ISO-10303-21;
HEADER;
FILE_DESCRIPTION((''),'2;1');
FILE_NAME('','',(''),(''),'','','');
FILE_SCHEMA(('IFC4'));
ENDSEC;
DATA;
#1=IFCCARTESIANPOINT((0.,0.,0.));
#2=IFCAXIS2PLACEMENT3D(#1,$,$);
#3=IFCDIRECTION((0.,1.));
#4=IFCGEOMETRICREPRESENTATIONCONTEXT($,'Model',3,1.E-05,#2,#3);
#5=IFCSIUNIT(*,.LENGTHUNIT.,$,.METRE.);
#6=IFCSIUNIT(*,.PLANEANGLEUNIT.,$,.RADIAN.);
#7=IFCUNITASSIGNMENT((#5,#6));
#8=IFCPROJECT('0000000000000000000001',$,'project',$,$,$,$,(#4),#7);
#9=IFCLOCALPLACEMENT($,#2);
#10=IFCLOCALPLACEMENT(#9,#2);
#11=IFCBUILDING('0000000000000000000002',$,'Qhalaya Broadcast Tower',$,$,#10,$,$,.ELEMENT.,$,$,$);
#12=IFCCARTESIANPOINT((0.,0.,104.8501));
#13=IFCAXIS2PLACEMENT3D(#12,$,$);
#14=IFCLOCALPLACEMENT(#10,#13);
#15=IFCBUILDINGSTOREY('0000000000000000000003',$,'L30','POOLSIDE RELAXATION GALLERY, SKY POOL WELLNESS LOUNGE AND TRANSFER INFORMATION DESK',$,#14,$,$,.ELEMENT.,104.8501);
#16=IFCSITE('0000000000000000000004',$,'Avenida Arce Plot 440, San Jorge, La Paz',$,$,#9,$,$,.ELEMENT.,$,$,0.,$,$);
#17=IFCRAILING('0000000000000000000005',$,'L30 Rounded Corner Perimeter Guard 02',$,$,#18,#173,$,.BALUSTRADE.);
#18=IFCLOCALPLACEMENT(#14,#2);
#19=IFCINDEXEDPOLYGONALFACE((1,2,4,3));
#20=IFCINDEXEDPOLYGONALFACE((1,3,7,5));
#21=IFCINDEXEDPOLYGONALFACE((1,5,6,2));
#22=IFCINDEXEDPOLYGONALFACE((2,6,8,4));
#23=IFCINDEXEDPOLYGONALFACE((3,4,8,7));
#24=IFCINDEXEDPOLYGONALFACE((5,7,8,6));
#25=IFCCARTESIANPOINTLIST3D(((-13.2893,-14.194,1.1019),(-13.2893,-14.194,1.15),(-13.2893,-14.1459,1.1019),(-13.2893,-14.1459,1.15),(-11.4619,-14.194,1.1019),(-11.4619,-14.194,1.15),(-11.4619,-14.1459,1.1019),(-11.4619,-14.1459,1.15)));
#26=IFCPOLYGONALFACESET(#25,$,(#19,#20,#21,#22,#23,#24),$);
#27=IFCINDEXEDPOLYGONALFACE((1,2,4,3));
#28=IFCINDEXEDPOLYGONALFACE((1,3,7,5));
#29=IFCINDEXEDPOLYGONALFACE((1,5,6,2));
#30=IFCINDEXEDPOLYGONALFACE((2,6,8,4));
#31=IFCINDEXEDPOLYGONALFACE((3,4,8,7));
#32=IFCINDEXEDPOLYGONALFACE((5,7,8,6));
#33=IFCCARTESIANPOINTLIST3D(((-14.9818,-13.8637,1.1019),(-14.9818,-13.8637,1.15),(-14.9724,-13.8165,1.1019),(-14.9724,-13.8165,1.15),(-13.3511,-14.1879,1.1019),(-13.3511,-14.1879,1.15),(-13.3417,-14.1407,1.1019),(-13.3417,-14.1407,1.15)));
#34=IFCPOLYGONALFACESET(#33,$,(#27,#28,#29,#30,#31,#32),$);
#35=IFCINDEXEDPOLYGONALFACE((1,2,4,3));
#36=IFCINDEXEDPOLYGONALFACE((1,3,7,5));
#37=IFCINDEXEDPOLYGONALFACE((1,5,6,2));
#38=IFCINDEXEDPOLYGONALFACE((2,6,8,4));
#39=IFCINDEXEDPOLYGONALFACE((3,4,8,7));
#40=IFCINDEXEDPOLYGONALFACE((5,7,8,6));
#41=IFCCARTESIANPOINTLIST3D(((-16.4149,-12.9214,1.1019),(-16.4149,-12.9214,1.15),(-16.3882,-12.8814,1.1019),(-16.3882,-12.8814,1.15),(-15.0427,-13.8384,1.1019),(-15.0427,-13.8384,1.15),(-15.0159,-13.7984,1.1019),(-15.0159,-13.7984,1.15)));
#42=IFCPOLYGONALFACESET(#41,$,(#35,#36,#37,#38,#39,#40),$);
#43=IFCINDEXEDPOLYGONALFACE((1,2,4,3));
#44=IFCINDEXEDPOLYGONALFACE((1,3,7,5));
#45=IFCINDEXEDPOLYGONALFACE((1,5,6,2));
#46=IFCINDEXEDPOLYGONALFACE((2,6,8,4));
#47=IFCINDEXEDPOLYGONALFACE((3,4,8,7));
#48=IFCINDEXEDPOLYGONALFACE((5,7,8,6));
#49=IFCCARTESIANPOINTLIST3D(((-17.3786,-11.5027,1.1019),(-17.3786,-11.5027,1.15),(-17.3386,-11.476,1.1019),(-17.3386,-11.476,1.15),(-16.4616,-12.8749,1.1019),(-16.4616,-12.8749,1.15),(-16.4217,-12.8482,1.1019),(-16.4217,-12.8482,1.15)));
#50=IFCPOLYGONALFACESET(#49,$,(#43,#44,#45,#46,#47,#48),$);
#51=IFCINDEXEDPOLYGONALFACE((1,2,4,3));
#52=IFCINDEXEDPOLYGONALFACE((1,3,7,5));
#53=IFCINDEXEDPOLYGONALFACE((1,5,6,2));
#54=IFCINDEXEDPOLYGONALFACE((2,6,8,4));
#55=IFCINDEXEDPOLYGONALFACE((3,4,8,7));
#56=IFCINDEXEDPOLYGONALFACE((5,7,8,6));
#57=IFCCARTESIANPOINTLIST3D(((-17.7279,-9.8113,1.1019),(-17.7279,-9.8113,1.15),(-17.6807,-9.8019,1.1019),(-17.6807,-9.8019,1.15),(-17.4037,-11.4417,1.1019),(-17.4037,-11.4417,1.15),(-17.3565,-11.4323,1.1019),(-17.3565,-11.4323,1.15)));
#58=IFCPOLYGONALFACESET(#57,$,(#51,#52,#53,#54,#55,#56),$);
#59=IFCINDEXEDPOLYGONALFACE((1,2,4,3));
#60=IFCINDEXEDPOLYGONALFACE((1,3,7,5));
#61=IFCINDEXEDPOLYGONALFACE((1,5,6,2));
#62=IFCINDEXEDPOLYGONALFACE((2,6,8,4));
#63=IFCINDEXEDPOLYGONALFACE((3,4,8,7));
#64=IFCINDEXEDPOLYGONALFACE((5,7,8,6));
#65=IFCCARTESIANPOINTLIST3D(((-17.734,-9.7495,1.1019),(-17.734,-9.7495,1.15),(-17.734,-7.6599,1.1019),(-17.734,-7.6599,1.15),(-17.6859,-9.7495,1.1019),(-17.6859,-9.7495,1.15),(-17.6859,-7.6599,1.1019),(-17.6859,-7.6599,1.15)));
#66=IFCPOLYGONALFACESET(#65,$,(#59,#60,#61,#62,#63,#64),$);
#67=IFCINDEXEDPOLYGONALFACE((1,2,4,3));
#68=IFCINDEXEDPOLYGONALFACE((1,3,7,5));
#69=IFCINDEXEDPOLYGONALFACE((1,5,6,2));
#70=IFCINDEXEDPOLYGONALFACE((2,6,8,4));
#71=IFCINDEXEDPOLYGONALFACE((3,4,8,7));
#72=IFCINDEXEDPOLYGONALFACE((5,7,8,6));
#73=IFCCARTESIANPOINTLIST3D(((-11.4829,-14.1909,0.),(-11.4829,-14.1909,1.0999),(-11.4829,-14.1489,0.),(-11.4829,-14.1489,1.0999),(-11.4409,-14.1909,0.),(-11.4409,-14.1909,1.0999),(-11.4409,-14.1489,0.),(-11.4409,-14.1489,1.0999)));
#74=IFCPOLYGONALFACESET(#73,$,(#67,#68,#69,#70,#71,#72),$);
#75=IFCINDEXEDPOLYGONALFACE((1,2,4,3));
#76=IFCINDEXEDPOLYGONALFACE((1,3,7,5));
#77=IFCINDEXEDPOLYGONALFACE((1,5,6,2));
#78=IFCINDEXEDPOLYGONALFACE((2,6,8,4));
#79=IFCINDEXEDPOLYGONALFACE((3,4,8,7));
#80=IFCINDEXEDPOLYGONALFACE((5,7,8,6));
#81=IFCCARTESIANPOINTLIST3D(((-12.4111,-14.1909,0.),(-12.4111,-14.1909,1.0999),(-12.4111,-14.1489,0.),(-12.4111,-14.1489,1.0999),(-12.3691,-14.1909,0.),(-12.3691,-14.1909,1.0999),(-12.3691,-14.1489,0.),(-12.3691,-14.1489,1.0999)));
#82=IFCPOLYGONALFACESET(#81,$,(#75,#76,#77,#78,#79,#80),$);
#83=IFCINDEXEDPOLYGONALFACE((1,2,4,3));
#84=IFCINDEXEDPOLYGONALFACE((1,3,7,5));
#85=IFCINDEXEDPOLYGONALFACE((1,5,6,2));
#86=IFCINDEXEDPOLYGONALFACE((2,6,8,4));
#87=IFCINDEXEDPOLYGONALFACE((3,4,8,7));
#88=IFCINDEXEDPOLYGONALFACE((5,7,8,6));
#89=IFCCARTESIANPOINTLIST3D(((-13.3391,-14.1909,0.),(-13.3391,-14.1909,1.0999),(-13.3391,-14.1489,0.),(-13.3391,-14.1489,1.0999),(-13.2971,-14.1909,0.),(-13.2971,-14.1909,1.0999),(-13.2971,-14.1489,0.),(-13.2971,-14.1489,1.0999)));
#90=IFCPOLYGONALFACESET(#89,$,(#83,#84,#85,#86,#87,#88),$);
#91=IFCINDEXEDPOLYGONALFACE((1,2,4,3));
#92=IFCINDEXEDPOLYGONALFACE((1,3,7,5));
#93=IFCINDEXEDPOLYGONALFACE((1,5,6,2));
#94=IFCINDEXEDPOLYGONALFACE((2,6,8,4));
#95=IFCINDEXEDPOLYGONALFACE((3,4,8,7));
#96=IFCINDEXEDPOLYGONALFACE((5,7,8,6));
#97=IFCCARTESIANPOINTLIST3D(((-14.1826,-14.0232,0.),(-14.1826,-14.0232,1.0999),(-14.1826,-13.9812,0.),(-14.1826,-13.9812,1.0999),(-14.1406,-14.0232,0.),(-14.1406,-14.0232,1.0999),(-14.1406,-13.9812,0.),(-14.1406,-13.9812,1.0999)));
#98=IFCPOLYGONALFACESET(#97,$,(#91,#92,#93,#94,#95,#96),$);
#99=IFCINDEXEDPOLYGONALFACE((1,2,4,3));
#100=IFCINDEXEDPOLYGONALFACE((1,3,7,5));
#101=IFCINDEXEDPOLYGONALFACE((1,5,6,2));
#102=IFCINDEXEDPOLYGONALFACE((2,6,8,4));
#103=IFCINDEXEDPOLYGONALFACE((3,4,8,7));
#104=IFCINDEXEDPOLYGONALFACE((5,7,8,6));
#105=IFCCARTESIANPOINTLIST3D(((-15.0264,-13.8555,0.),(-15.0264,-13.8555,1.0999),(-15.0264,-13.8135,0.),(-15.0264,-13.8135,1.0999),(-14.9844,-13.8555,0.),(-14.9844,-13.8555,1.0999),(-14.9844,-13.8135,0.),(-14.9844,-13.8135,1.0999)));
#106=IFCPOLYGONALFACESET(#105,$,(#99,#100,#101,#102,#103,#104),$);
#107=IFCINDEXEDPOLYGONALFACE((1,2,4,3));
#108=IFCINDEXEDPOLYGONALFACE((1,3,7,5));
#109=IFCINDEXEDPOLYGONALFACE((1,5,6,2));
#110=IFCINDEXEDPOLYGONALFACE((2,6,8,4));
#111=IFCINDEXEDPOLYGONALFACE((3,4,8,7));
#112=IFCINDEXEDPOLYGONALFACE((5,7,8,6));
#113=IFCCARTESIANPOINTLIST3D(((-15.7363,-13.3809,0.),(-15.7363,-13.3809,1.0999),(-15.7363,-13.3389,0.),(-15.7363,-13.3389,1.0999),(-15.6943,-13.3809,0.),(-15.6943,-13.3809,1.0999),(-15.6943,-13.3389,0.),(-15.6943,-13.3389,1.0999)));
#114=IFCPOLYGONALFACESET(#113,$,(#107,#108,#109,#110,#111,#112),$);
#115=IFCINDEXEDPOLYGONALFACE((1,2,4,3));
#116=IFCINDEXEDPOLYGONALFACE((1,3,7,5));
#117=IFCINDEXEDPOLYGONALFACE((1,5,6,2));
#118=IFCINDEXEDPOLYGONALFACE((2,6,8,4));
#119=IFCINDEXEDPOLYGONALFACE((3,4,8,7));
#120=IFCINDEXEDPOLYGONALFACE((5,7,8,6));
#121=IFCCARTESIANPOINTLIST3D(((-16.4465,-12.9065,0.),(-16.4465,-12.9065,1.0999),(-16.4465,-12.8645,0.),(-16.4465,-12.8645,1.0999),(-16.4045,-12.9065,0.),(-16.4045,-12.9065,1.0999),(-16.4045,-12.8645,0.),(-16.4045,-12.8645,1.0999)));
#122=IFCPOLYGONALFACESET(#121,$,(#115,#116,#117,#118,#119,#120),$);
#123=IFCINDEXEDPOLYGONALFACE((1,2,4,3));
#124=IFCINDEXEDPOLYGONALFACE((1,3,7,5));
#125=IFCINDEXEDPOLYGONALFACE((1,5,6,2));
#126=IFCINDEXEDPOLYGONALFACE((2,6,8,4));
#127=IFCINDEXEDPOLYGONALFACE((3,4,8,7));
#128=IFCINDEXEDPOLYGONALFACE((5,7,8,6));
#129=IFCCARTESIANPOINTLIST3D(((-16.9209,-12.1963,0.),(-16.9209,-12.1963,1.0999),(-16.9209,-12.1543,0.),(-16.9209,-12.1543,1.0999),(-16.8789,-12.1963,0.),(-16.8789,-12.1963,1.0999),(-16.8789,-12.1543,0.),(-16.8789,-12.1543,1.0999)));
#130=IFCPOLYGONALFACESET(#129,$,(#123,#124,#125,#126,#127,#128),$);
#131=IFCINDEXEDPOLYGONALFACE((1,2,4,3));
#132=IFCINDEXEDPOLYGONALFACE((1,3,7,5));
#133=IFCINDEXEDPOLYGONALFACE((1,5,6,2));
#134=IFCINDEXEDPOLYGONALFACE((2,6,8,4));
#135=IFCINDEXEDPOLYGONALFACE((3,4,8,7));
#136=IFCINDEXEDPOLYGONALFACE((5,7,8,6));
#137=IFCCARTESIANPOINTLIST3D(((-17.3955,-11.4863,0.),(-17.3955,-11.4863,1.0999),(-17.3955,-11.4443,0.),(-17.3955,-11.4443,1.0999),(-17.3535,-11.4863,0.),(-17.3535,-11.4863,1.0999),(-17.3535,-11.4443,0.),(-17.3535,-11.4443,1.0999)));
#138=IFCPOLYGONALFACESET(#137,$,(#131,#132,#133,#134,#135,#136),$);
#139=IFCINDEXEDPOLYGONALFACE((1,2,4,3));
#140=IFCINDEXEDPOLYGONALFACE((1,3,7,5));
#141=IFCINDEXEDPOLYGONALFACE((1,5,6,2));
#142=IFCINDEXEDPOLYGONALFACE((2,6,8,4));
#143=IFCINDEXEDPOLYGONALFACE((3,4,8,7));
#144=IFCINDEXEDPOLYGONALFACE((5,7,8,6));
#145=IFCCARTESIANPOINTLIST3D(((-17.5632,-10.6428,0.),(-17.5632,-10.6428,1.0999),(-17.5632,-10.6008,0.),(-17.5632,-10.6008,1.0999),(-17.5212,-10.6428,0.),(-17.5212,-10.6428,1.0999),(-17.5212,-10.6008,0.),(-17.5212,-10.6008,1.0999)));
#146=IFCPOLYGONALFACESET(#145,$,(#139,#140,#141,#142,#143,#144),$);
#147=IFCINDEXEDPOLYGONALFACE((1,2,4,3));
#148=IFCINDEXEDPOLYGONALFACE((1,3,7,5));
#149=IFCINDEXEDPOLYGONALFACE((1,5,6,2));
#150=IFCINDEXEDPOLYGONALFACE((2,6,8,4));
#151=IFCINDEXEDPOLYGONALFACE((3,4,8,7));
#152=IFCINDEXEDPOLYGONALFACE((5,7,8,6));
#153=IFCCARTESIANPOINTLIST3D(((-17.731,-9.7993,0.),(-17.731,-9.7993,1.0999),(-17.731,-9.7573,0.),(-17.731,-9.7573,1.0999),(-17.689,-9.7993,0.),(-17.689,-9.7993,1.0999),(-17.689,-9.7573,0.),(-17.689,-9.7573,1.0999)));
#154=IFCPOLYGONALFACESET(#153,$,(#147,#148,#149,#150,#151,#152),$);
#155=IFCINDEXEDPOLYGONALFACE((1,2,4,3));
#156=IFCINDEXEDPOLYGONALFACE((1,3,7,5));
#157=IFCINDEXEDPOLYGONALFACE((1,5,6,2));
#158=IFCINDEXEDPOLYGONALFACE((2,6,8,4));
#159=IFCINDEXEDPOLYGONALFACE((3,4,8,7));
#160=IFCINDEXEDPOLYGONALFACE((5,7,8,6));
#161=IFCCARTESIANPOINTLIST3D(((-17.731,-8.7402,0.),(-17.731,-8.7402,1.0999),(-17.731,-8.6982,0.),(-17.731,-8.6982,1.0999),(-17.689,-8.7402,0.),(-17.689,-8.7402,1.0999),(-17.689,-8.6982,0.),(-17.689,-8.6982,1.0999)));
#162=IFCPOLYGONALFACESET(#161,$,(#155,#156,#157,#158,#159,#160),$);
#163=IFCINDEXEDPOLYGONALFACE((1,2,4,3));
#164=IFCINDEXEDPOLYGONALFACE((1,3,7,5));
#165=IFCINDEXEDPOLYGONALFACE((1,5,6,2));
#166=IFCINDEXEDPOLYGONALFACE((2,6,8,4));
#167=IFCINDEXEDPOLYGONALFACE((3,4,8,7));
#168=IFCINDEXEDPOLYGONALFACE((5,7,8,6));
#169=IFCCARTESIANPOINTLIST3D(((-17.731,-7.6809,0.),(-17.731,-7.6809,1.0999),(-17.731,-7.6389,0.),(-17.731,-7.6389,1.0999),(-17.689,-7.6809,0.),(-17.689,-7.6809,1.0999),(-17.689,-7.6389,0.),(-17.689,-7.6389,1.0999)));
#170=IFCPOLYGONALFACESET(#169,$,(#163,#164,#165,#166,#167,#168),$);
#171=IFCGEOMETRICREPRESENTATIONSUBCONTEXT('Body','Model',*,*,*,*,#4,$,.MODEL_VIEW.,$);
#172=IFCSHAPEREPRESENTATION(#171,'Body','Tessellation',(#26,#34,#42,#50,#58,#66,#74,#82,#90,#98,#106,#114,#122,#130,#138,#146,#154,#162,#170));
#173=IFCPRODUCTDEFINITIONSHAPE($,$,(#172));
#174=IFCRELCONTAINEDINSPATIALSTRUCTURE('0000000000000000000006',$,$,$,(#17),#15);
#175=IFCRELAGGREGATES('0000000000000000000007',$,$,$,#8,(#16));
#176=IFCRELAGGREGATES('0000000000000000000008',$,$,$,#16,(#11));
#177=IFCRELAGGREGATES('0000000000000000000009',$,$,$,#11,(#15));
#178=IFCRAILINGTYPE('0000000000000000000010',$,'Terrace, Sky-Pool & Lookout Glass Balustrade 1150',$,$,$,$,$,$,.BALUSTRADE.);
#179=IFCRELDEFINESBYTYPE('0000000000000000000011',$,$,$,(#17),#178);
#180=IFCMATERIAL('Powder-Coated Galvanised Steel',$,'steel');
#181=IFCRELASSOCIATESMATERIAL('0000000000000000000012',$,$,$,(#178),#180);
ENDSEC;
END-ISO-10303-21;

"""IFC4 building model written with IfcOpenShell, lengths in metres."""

from ifc_helpers import new_model, si_unit, direction, frame, origin, origin_2d, place, context, subcontext, project, spatial, rectangle, extrude, material, type_object, element, save


model = new_model("IFC4")

# Units and contexts
model_context = context("Model", 3, precision=1e-05, world=origin(), true_north=direction((0.0, 1.0)))
body_context = subcontext(model_context, "Body", "Model", "MODEL_VIEW")
ifc_project = project(units=[si_unit("LENGTHUNIT", "METRE"), si_unit("PLANEANGLEUNIT", "RADIAN")], contexts=[model_context])

# Site, building, storey
site_placement = place(None, origin())
site = spatial("IfcSite", under=ifc_project, at=site_placement, Name="Avenida Arce Plot 440, San Jorge, La Paz", CompositionType="ELEMENT", RefElevation=0.0)
building_placement = place(site_placement, origin())
building = spatial("IfcBuilding", under=site, at=building_placement, Name="Qhalaya Broadcast Tower", CompositionType="ELEMENT")
storey_placement = place(building_placement, frame((0.0, 0.0, 104.8501)))
storey = spatial("IfcBuildingStorey", under=building, at=storey_placement, Name="L30", Description="POOLSIDE RELAXATION GALLERY, SKY POOL WELLNESS LOUNGE AND TRANSFER INFORMATION DESK", CompositionType="ELEMENT", Elevation=104.8501)

# Railing
ifc_material_1 = material(Name="Powder-Coated Galvanised Steel", Category="steel")
railing_type = type_object("IfcRailingType", Name="Terrace, Sky-Pool & Lookout Glass Balustrade 1150", PredefinedType="BALUSTRADE", material=ifc_material_1)
railing_1_placement = place(storey_placement, frame((-11.4619, -14.1699, 0.0)))
element("IfcRailing", 1, at=railing_1_placement, inside=storey, type_object=railing_type, Name="L30 Rounded Corner Perimeter Guard 02", PredefinedType="BALUSTRADE", context=body_context, shape_type="SweptSolid", body=[
    extrude(rectangle(XDim=0.0481, YDim=0.0481, at=origin_2d()), frame((0.0, 0.0, 1.126), z_axis=(-1.0, 0.0, 0.0), x_axis=(0.0, -1.0, 0.0)), (0.0, 0.0, 1.0), 1.8274),
    extrude(rectangle(XDim=0.0481, YDim=0.0481, at=origin_2d()), frame((-1.8845, 0.0056, 1.126), z_axis=(-0.980804, 0.194997, 0.0), x_axis=(-0.194997, -0.980804, 0.0)), (0.0, 0.0, 1.0), 1.6626),
    extrude(rectangle(XDim=0.0481, YDim=0.0481, at=origin_2d()), frame((-3.5674, 0.3516, 1.126), z_axis=(-0.831456, 0.55559, 0.0), x_axis=(-0.55559, -0.831456, 0.0)), (0.0, 0.0, 1.0), 1.6504),
    extrude(rectangle(XDim=0.0481, YDim=0.0481, at=origin_2d()), frame((-4.9797, 1.3083, 1.126), z_axis=(-0.55559, 0.831456, 0.0), x_axis=(-0.831456, -0.55559, 0.0)), (0.0, 0.0, 1.0), 1.6504),
    extrude(rectangle(XDim=0.0481, YDim=0.0481, at=origin_2d()), frame((-5.9182, 2.7329, 1.126), z_axis=(-0.195024, 0.980798, 0.0), x_axis=(-0.980798, -0.195024, 0.0)), (0.0, 0.0, 1.0), 1.6624),
    extrude(rectangle(XDim=0.0481, YDim=0.0481, at=origin_2d()), frame((-6.248, 4.4204, 1.126), z_axis=(0.0, 1.0, 0.0), x_axis=(-1.0, 0.0, 0.0)), (0.0, 0.0, 1.0), 2.0896),
    extrude(rectangle(XDim=0.042, YDim=0.042, at=origin_2d()), origin(), (0.0, 0.0, 1.0), 1.0999),
    extrude(rectangle(XDim=0.042, YDim=0.042, at=origin_2d()), frame((-0.9282, 0.0, 0.0)), (0.0, 0.0, 1.0), 1.0999),
    extrude(rectangle(XDim=0.042, YDim=0.042, at=origin_2d()), frame((-1.8562, 0.0, 0.0)), (0.0, 0.0, 1.0), 1.0999),
    extrude(rectangle(XDim=0.042, YDim=0.042, at=origin_2d()), frame((-2.6997, 0.1677, 0.0)), (0.0, 0.0, 1.0), 1.0999),
    extrude(rectangle(XDim=0.042, YDim=0.042, at=origin_2d()), frame((-3.5435, 0.3354, 0.0)), (0.0, 0.0, 1.0), 1.0999),
    extrude(rectangle(XDim=0.042, YDim=0.042, at=origin_2d()), frame((-4.2534, 0.8101, 0.0)), (0.0, 0.0, 1.0), 1.0999),
    extrude(rectangle(XDim=0.042, YDim=0.042, at=origin_2d()), frame((-4.9636, 1.2844, 0.0)), (0.0, 0.0, 1.0), 1.0999),
    extrude(rectangle(XDim=0.042, YDim=0.042, at=origin_2d()), frame((-5.438, 1.9946, 0.0)), (0.0, 0.0, 1.0), 1.0999),
    extrude(rectangle(XDim=0.042, YDim=0.042, at=origin_2d()), frame((-5.9126, 2.7046, 0.0)), (0.0, 0.0, 1.0), 1.0999),
    extrude(rectangle(XDim=0.042, YDim=0.042, at=origin_2d()), frame((-6.0803, 3.5481, 0.0)), (0.0, 0.0, 1.0), 1.0999),
    extrude(rectangle(XDim=0.042, YDim=0.042, at=origin_2d()), frame((-6.248, 4.3916, 0.0)), (0.0, 0.0, 1.0), 1.0999),
    extrude(rectangle(XDim=0.042, YDim=0.042, at=origin_2d()), frame((-6.248, 5.4507, 0.0)), (0.0, 0.0, 1.0), 1.0999),
    extrude(rectangle(XDim=0.042, YDim=0.042, at=origin_2d()), frame((-6.248, 6.51, 0.0)), (0.0, 0.0, 1.0), 1.0999),
])

save(model, "model.ifc")
